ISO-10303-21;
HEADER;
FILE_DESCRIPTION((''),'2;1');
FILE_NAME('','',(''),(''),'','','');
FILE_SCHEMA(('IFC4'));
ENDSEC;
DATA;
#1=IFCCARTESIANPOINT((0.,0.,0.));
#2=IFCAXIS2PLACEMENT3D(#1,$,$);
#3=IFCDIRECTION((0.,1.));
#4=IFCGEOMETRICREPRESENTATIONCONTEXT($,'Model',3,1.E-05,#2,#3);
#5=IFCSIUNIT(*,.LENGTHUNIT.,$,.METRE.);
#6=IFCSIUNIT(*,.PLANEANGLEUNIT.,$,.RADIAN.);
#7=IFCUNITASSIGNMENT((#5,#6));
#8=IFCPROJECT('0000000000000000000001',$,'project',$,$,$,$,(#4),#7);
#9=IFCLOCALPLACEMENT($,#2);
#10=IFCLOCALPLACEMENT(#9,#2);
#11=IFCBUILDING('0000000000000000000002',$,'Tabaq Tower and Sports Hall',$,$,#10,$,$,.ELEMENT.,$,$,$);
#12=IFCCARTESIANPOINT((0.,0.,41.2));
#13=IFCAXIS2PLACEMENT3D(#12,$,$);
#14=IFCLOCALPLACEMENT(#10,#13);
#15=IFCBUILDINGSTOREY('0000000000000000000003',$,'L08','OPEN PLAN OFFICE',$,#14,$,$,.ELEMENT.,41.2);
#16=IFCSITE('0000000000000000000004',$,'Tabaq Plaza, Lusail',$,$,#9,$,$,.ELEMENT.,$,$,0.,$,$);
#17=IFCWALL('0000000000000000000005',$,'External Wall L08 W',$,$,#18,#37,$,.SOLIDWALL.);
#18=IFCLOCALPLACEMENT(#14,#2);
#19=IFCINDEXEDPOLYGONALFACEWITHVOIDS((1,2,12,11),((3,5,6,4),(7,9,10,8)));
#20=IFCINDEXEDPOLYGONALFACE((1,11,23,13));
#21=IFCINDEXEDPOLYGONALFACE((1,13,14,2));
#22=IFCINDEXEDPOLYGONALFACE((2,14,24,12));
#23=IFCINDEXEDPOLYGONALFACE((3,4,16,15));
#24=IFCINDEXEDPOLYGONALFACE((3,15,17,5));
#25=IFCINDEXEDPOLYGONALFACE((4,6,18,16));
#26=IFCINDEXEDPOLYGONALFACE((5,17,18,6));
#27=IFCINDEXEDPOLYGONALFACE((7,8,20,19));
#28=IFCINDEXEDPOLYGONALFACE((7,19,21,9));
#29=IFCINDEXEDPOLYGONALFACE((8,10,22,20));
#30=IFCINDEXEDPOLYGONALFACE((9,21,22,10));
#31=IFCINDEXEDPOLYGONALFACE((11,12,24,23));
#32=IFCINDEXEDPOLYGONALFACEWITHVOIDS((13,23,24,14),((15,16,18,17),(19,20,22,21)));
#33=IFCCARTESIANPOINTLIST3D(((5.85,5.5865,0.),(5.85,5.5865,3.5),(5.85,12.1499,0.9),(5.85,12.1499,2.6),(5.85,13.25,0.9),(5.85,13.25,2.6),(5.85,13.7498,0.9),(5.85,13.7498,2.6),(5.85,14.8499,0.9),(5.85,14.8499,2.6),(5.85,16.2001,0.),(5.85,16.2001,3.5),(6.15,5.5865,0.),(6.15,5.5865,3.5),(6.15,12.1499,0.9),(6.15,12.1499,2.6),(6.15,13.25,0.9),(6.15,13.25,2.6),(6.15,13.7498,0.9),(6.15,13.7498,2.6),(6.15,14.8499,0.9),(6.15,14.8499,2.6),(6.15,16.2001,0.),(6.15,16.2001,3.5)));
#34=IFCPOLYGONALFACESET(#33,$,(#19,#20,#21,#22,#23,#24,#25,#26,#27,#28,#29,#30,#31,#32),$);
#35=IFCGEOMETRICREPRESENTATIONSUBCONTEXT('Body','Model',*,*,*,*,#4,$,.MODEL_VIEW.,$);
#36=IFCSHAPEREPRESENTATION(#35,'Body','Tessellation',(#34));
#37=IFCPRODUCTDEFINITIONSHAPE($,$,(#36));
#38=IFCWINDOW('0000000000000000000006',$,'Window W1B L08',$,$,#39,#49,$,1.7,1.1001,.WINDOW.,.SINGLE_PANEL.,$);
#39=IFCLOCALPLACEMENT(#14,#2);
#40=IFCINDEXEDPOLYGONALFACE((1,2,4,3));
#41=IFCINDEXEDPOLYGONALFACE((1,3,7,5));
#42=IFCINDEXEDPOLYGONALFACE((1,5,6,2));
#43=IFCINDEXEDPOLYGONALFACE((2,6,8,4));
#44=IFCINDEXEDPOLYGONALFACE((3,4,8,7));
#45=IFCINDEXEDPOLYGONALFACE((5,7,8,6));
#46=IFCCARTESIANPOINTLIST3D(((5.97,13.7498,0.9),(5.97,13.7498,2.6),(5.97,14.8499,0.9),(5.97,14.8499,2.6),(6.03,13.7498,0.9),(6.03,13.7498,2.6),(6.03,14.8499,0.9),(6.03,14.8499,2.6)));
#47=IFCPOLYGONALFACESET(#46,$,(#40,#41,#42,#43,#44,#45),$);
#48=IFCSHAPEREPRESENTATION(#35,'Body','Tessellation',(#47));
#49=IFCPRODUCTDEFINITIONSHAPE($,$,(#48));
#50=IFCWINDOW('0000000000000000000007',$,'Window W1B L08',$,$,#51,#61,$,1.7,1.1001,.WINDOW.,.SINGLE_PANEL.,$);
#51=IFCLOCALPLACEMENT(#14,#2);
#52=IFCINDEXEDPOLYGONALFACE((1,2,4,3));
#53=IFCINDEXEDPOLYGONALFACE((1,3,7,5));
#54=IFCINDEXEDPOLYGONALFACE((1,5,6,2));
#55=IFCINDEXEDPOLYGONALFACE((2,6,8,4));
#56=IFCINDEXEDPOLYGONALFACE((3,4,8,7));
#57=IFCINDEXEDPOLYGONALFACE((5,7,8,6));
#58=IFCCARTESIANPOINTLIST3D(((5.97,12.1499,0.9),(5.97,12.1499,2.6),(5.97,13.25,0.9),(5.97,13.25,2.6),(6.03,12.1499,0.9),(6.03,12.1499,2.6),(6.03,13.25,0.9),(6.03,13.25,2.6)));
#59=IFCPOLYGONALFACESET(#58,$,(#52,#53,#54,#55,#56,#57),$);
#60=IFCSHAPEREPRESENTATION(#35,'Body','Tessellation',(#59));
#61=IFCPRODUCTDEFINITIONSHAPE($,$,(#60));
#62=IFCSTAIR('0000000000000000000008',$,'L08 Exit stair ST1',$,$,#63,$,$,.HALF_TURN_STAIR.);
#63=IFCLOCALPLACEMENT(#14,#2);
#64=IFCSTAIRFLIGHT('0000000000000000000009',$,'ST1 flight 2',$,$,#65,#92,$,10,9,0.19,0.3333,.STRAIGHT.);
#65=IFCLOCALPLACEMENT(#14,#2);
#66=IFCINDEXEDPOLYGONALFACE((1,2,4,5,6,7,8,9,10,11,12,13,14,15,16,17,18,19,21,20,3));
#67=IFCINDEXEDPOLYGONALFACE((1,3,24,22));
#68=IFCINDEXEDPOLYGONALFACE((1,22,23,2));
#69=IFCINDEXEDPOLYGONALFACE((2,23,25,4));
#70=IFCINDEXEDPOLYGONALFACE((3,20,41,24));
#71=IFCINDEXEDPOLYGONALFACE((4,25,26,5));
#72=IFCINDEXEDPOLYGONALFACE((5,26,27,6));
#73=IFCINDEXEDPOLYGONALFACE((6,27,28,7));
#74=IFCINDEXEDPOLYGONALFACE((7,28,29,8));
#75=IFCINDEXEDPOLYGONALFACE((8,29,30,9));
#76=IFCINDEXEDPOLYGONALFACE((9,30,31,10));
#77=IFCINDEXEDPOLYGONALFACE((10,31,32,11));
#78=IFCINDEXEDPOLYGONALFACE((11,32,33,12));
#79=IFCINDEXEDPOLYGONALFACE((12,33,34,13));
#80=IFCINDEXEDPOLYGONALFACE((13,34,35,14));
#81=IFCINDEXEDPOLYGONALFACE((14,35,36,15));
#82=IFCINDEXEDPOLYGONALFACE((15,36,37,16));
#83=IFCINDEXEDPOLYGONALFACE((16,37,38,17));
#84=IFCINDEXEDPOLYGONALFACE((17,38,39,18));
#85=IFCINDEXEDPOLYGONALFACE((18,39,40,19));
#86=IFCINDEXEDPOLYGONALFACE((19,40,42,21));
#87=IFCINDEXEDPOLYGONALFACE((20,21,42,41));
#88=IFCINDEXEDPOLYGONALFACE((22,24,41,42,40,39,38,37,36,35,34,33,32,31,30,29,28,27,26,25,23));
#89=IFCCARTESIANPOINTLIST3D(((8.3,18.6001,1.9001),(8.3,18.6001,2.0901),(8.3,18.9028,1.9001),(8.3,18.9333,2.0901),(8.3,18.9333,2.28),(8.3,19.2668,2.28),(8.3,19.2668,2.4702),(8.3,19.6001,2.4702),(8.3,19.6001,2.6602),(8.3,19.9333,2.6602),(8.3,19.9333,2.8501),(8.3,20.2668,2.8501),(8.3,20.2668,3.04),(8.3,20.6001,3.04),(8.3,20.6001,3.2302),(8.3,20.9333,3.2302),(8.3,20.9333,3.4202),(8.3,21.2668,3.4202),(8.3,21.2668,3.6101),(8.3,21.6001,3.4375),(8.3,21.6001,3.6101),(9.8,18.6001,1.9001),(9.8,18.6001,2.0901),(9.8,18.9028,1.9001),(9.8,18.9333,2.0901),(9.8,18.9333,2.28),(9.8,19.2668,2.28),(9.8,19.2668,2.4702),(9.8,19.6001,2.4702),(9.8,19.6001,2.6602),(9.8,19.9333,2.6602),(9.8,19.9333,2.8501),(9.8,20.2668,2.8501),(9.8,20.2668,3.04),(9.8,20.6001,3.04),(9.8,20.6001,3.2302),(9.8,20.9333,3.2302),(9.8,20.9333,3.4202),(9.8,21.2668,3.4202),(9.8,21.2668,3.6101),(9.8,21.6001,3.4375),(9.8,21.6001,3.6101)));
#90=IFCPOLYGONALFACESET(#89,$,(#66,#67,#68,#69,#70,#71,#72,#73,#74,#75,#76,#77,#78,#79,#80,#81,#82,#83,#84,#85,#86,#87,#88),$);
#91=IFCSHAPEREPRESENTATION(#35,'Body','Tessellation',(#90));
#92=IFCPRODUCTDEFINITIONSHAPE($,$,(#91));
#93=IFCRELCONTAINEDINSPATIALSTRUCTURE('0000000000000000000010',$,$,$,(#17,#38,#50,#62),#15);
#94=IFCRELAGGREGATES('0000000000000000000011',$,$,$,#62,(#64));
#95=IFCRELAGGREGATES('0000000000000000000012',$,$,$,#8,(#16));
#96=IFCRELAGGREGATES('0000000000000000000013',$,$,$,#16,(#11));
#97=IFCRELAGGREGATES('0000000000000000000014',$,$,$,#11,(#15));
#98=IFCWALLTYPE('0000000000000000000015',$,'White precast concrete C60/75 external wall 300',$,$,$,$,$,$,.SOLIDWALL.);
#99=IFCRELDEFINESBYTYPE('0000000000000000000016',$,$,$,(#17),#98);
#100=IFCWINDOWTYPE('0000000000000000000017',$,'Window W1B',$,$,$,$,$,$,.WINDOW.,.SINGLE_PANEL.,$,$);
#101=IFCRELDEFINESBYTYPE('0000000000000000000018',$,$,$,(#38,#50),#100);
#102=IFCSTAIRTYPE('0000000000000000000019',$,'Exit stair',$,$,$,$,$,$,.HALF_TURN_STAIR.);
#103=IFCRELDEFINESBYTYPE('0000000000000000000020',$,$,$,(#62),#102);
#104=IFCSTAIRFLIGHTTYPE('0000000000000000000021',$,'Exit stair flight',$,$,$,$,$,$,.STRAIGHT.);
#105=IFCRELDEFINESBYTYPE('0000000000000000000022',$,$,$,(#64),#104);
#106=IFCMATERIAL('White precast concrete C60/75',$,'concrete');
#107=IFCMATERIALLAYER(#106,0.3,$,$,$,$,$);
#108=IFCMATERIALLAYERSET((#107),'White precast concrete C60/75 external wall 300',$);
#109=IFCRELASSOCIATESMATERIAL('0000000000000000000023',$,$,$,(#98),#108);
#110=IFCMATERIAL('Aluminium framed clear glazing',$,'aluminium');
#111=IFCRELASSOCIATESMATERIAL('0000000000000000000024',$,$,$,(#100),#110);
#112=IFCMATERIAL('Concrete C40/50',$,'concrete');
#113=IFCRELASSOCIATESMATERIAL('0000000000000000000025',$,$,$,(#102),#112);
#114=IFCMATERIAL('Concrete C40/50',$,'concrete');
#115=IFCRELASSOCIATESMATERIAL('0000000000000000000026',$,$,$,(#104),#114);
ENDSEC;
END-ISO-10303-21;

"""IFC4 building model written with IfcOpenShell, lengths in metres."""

from ifc_helpers import new_model, si_unit, direction, frame, frame_2d, origin, place, context, subcontext, project, spatial, polyline, rectangle, outline, extrude, material, layer, layer_set, type_object, element, fill, aggregate, save


model = new_model("IFC4")

# Units and contexts
model_context = context("Model", 3, precision=1e-05, world=origin(), true_north=direction((0.0, 1.0)))
body_context = subcontext(model_context, "Body", "Model", "MODEL_VIEW")
ifc_project = project(units=[si_unit("LENGTHUNIT", "METRE"), si_unit("PLANEANGLEUNIT", "RADIAN")], contexts=[model_context])

# Site, building, storey
site_placement = place(None, origin())
site = spatial("IfcSite", under=ifc_project, at=site_placement, Name="Tabaq Plaza, Lusail", CompositionType="ELEMENT", RefElevation=0.0)
building_placement = place(site_placement, origin())
building = spatial("IfcBuilding", under=site, at=building_placement, Name="Tabaq Tower and Sports Hall", CompositionType="ELEMENT")
storey_placement = place(building_placement, frame((0.0, 0.0, 41.2)))
storey = spatial("IfcBuildingStorey", under=building, at=storey_placement, Name="L08", Description="OPEN PLAN OFFICE", CompositionType="ELEMENT", Elevation=41.2)

# Wall, openings, windows
ifc_material_1 = material(Name="White precast concrete C60/75", Category="concrete")
ifc_layer_1 = layer(ifc_material_1, 0.3)
ifc_layer_set_1 = layer_set([ifc_layer_1], Name="White precast concrete C60/75 external wall 300")
wall_type_1 = type_object("IfcWallType", Name="White precast concrete C60/75 external wall 300", PredefinedType="SOLIDWALL", material=ifc_layer_set_1)
wall_1_placement = place(storey_placement, frame((6.0, 16.2, 0.0), z_axis=(0.0, 0.0, 1.0), x_axis=(0.0, -1.0, 0.0)))
wall_1 = element("IfcWall", 1, at=wall_1_placement, inside=storey, type_object=wall_type_1, Name="External Wall L08 W", PredefinedType="SOLIDWALL", context=body_context, shape_type="SweptSolid", body=[
    extrude(rectangle(XDim=10.6135, YDim=0.3, at=frame_2d((5.3066, 0.0))), origin(), (0.0, 0.0, 1.0), 3.5),
])
opening_1_placement = place(wall_1_placement, frame((1.3501, 0.0, 0.8999)))
opening_1 = element("IfcOpeningElement", 2, at=opening_1_placement, cuts=wall_1, PredefinedType="OPENING", context=body_context, shape_type="SweptSolid", body=[
    extrude(rectangle(XDim=1.1001, YDim=1.7, at=frame_2d((0.55, 0.8501))), frame((0.0, 0.1602, 0.0), z_axis=(0.0, -1.0, 0.0), x_axis=(1.0, 0.0, 0.0)), (0.0, 0.0, 1.0), 0.3201),
])
opening_2_placement = place(wall_1_placement, frame((2.95, 0.0, 0.8999)))
opening_2 = element("IfcOpeningElement", 3, at=opening_2_placement, cuts=wall_1, PredefinedType="OPENING", context=body_context, shape_type="SweptSolid", body=[
    extrude(rectangle(XDim=1.1001, YDim=1.7, at=frame_2d((0.55, 0.8501))), frame((0.0, 0.1602, 0.0), z_axis=(0.0, -1.0, 0.0), x_axis=(1.0, 0.0, 0.0)), (0.0, 0.0, 1.0), 0.3201),
])
ifc_material_2 = material(Name="Aluminium framed clear glazing", Category="aluminium")
window_type = type_object("IfcWindowType", Name="Window W1B", PartitioningType="SINGLE_PANEL", PredefinedType="WINDOW", material=ifc_material_2)
window_1_placement = place(opening_1_placement, origin())
window_1 = element("IfcWindow", 4, at=window_1_placement, inside=storey, type_object=window_type, Name="Window W1B L08", OverallHeight=1.7, OverallWidth=1.1001, PartitioningType="SINGLE_PANEL", PredefinedType="WINDOW", context=body_context, shape_type="SweptSolid", body=[
    extrude(rectangle(XDim=1.1001, YDim=1.7, at=frame_2d((0.55, 0.8501))), frame((0.0, 0.03, 0.0), z_axis=(0.0, -1.0, 0.0), x_axis=(1.0, 0.0, 0.0)), (0.0, 0.0, 1.0), 0.0601),
])
fill(opening_1, window_1)
window_2_placement = place(opening_2_placement, origin())
window_2 = element("IfcWindow", 5, at=window_2_placement, inside=storey, type_object=window_type, Name="Window W1B L08", OverallHeight=1.7, OverallWidth=1.1001, PartitioningType="SINGLE_PANEL", PredefinedType="WINDOW", context=body_context, shape_type="SweptSolid", body=[
    extrude(rectangle(XDim=1.1001, YDim=1.7, at=frame_2d((0.55, 0.8501))), frame((0.0, 0.03, 0.0), z_axis=(0.0, -1.0, 0.0), x_axis=(1.0, 0.0, 0.0)), (0.0, 0.0, 1.0), 0.0601),
])
fill(opening_2, window_2)

# Stair, stair flight
ifc_material_3 = material(Name="Concrete C40/50", Category="concrete")
stair_type = type_object("IfcStairType", Name="Exit stair", PredefinedType="HALF_TURN_STAIR", material=ifc_material_3)
stair_placement = place(storey_placement, origin())
stair = element("IfcStair", 6, at=stair_placement, inside=storey, type_object=stair_type, Name="L08 Exit stair ST1", PredefinedType="HALF_TURN_STAIR")
ifc_material_4 = material(Name="Concrete C40/50", Category="concrete")
stair_flight_type = type_object("IfcStairFlightType", Name="Exit stair flight", PredefinedType="STRAIGHT", material=ifc_material_4)
stair_flight_placement = place(storey_placement, frame((9.05, 18.6001, 1.9001), z_axis=(0.0, 0.0, 1.0), x_axis=(0.0, 1.0, 0.0)))
stair_flight = element("IfcStairFlight", 7, at=stair_flight_placement, type_object=stair_flight_type, Name="ST1 flight 2", NumberOfRisers=10, NumberOfTreads=9, PredefinedType="STRAIGHT", RiserHeight=0.19, TreadLength=0.3333, context=body_context, shape_type="SweptSolid", body=[
    extrude(outline(polyline([(0.0, 0.0), (0.0, 0.1899), (0.3333, 0.1899), (0.3333, 0.3799), (0.6667, 0.3799), (0.6667, 0.5701), (1.0, 0.5701), (1.0, 0.76), (1.3333, 0.76), (1.3333, 0.95), (1.6667, 0.95), (1.6667, 1.1399), (2.0, 1.1399), (2.0, 1.3301), (2.3333, 1.3301), (2.3333, 1.52), (2.6667, 1.52), (2.6667, 1.71), (3.0, 1.71), (3.0, 1.8999), (3.0, 1.5374), (0.3027, 0.0), (0.0, 0.0)])), frame((0.0, 0.75, 0.0), z_axis=(0.0, -1.0, 0.0), x_axis=(1.0, 0.0, 0.0)), (0.0, 0.0, 1.0), 1.5),
])
aggregate(stair, [stair_flight])

save(model, "model.ifc")
